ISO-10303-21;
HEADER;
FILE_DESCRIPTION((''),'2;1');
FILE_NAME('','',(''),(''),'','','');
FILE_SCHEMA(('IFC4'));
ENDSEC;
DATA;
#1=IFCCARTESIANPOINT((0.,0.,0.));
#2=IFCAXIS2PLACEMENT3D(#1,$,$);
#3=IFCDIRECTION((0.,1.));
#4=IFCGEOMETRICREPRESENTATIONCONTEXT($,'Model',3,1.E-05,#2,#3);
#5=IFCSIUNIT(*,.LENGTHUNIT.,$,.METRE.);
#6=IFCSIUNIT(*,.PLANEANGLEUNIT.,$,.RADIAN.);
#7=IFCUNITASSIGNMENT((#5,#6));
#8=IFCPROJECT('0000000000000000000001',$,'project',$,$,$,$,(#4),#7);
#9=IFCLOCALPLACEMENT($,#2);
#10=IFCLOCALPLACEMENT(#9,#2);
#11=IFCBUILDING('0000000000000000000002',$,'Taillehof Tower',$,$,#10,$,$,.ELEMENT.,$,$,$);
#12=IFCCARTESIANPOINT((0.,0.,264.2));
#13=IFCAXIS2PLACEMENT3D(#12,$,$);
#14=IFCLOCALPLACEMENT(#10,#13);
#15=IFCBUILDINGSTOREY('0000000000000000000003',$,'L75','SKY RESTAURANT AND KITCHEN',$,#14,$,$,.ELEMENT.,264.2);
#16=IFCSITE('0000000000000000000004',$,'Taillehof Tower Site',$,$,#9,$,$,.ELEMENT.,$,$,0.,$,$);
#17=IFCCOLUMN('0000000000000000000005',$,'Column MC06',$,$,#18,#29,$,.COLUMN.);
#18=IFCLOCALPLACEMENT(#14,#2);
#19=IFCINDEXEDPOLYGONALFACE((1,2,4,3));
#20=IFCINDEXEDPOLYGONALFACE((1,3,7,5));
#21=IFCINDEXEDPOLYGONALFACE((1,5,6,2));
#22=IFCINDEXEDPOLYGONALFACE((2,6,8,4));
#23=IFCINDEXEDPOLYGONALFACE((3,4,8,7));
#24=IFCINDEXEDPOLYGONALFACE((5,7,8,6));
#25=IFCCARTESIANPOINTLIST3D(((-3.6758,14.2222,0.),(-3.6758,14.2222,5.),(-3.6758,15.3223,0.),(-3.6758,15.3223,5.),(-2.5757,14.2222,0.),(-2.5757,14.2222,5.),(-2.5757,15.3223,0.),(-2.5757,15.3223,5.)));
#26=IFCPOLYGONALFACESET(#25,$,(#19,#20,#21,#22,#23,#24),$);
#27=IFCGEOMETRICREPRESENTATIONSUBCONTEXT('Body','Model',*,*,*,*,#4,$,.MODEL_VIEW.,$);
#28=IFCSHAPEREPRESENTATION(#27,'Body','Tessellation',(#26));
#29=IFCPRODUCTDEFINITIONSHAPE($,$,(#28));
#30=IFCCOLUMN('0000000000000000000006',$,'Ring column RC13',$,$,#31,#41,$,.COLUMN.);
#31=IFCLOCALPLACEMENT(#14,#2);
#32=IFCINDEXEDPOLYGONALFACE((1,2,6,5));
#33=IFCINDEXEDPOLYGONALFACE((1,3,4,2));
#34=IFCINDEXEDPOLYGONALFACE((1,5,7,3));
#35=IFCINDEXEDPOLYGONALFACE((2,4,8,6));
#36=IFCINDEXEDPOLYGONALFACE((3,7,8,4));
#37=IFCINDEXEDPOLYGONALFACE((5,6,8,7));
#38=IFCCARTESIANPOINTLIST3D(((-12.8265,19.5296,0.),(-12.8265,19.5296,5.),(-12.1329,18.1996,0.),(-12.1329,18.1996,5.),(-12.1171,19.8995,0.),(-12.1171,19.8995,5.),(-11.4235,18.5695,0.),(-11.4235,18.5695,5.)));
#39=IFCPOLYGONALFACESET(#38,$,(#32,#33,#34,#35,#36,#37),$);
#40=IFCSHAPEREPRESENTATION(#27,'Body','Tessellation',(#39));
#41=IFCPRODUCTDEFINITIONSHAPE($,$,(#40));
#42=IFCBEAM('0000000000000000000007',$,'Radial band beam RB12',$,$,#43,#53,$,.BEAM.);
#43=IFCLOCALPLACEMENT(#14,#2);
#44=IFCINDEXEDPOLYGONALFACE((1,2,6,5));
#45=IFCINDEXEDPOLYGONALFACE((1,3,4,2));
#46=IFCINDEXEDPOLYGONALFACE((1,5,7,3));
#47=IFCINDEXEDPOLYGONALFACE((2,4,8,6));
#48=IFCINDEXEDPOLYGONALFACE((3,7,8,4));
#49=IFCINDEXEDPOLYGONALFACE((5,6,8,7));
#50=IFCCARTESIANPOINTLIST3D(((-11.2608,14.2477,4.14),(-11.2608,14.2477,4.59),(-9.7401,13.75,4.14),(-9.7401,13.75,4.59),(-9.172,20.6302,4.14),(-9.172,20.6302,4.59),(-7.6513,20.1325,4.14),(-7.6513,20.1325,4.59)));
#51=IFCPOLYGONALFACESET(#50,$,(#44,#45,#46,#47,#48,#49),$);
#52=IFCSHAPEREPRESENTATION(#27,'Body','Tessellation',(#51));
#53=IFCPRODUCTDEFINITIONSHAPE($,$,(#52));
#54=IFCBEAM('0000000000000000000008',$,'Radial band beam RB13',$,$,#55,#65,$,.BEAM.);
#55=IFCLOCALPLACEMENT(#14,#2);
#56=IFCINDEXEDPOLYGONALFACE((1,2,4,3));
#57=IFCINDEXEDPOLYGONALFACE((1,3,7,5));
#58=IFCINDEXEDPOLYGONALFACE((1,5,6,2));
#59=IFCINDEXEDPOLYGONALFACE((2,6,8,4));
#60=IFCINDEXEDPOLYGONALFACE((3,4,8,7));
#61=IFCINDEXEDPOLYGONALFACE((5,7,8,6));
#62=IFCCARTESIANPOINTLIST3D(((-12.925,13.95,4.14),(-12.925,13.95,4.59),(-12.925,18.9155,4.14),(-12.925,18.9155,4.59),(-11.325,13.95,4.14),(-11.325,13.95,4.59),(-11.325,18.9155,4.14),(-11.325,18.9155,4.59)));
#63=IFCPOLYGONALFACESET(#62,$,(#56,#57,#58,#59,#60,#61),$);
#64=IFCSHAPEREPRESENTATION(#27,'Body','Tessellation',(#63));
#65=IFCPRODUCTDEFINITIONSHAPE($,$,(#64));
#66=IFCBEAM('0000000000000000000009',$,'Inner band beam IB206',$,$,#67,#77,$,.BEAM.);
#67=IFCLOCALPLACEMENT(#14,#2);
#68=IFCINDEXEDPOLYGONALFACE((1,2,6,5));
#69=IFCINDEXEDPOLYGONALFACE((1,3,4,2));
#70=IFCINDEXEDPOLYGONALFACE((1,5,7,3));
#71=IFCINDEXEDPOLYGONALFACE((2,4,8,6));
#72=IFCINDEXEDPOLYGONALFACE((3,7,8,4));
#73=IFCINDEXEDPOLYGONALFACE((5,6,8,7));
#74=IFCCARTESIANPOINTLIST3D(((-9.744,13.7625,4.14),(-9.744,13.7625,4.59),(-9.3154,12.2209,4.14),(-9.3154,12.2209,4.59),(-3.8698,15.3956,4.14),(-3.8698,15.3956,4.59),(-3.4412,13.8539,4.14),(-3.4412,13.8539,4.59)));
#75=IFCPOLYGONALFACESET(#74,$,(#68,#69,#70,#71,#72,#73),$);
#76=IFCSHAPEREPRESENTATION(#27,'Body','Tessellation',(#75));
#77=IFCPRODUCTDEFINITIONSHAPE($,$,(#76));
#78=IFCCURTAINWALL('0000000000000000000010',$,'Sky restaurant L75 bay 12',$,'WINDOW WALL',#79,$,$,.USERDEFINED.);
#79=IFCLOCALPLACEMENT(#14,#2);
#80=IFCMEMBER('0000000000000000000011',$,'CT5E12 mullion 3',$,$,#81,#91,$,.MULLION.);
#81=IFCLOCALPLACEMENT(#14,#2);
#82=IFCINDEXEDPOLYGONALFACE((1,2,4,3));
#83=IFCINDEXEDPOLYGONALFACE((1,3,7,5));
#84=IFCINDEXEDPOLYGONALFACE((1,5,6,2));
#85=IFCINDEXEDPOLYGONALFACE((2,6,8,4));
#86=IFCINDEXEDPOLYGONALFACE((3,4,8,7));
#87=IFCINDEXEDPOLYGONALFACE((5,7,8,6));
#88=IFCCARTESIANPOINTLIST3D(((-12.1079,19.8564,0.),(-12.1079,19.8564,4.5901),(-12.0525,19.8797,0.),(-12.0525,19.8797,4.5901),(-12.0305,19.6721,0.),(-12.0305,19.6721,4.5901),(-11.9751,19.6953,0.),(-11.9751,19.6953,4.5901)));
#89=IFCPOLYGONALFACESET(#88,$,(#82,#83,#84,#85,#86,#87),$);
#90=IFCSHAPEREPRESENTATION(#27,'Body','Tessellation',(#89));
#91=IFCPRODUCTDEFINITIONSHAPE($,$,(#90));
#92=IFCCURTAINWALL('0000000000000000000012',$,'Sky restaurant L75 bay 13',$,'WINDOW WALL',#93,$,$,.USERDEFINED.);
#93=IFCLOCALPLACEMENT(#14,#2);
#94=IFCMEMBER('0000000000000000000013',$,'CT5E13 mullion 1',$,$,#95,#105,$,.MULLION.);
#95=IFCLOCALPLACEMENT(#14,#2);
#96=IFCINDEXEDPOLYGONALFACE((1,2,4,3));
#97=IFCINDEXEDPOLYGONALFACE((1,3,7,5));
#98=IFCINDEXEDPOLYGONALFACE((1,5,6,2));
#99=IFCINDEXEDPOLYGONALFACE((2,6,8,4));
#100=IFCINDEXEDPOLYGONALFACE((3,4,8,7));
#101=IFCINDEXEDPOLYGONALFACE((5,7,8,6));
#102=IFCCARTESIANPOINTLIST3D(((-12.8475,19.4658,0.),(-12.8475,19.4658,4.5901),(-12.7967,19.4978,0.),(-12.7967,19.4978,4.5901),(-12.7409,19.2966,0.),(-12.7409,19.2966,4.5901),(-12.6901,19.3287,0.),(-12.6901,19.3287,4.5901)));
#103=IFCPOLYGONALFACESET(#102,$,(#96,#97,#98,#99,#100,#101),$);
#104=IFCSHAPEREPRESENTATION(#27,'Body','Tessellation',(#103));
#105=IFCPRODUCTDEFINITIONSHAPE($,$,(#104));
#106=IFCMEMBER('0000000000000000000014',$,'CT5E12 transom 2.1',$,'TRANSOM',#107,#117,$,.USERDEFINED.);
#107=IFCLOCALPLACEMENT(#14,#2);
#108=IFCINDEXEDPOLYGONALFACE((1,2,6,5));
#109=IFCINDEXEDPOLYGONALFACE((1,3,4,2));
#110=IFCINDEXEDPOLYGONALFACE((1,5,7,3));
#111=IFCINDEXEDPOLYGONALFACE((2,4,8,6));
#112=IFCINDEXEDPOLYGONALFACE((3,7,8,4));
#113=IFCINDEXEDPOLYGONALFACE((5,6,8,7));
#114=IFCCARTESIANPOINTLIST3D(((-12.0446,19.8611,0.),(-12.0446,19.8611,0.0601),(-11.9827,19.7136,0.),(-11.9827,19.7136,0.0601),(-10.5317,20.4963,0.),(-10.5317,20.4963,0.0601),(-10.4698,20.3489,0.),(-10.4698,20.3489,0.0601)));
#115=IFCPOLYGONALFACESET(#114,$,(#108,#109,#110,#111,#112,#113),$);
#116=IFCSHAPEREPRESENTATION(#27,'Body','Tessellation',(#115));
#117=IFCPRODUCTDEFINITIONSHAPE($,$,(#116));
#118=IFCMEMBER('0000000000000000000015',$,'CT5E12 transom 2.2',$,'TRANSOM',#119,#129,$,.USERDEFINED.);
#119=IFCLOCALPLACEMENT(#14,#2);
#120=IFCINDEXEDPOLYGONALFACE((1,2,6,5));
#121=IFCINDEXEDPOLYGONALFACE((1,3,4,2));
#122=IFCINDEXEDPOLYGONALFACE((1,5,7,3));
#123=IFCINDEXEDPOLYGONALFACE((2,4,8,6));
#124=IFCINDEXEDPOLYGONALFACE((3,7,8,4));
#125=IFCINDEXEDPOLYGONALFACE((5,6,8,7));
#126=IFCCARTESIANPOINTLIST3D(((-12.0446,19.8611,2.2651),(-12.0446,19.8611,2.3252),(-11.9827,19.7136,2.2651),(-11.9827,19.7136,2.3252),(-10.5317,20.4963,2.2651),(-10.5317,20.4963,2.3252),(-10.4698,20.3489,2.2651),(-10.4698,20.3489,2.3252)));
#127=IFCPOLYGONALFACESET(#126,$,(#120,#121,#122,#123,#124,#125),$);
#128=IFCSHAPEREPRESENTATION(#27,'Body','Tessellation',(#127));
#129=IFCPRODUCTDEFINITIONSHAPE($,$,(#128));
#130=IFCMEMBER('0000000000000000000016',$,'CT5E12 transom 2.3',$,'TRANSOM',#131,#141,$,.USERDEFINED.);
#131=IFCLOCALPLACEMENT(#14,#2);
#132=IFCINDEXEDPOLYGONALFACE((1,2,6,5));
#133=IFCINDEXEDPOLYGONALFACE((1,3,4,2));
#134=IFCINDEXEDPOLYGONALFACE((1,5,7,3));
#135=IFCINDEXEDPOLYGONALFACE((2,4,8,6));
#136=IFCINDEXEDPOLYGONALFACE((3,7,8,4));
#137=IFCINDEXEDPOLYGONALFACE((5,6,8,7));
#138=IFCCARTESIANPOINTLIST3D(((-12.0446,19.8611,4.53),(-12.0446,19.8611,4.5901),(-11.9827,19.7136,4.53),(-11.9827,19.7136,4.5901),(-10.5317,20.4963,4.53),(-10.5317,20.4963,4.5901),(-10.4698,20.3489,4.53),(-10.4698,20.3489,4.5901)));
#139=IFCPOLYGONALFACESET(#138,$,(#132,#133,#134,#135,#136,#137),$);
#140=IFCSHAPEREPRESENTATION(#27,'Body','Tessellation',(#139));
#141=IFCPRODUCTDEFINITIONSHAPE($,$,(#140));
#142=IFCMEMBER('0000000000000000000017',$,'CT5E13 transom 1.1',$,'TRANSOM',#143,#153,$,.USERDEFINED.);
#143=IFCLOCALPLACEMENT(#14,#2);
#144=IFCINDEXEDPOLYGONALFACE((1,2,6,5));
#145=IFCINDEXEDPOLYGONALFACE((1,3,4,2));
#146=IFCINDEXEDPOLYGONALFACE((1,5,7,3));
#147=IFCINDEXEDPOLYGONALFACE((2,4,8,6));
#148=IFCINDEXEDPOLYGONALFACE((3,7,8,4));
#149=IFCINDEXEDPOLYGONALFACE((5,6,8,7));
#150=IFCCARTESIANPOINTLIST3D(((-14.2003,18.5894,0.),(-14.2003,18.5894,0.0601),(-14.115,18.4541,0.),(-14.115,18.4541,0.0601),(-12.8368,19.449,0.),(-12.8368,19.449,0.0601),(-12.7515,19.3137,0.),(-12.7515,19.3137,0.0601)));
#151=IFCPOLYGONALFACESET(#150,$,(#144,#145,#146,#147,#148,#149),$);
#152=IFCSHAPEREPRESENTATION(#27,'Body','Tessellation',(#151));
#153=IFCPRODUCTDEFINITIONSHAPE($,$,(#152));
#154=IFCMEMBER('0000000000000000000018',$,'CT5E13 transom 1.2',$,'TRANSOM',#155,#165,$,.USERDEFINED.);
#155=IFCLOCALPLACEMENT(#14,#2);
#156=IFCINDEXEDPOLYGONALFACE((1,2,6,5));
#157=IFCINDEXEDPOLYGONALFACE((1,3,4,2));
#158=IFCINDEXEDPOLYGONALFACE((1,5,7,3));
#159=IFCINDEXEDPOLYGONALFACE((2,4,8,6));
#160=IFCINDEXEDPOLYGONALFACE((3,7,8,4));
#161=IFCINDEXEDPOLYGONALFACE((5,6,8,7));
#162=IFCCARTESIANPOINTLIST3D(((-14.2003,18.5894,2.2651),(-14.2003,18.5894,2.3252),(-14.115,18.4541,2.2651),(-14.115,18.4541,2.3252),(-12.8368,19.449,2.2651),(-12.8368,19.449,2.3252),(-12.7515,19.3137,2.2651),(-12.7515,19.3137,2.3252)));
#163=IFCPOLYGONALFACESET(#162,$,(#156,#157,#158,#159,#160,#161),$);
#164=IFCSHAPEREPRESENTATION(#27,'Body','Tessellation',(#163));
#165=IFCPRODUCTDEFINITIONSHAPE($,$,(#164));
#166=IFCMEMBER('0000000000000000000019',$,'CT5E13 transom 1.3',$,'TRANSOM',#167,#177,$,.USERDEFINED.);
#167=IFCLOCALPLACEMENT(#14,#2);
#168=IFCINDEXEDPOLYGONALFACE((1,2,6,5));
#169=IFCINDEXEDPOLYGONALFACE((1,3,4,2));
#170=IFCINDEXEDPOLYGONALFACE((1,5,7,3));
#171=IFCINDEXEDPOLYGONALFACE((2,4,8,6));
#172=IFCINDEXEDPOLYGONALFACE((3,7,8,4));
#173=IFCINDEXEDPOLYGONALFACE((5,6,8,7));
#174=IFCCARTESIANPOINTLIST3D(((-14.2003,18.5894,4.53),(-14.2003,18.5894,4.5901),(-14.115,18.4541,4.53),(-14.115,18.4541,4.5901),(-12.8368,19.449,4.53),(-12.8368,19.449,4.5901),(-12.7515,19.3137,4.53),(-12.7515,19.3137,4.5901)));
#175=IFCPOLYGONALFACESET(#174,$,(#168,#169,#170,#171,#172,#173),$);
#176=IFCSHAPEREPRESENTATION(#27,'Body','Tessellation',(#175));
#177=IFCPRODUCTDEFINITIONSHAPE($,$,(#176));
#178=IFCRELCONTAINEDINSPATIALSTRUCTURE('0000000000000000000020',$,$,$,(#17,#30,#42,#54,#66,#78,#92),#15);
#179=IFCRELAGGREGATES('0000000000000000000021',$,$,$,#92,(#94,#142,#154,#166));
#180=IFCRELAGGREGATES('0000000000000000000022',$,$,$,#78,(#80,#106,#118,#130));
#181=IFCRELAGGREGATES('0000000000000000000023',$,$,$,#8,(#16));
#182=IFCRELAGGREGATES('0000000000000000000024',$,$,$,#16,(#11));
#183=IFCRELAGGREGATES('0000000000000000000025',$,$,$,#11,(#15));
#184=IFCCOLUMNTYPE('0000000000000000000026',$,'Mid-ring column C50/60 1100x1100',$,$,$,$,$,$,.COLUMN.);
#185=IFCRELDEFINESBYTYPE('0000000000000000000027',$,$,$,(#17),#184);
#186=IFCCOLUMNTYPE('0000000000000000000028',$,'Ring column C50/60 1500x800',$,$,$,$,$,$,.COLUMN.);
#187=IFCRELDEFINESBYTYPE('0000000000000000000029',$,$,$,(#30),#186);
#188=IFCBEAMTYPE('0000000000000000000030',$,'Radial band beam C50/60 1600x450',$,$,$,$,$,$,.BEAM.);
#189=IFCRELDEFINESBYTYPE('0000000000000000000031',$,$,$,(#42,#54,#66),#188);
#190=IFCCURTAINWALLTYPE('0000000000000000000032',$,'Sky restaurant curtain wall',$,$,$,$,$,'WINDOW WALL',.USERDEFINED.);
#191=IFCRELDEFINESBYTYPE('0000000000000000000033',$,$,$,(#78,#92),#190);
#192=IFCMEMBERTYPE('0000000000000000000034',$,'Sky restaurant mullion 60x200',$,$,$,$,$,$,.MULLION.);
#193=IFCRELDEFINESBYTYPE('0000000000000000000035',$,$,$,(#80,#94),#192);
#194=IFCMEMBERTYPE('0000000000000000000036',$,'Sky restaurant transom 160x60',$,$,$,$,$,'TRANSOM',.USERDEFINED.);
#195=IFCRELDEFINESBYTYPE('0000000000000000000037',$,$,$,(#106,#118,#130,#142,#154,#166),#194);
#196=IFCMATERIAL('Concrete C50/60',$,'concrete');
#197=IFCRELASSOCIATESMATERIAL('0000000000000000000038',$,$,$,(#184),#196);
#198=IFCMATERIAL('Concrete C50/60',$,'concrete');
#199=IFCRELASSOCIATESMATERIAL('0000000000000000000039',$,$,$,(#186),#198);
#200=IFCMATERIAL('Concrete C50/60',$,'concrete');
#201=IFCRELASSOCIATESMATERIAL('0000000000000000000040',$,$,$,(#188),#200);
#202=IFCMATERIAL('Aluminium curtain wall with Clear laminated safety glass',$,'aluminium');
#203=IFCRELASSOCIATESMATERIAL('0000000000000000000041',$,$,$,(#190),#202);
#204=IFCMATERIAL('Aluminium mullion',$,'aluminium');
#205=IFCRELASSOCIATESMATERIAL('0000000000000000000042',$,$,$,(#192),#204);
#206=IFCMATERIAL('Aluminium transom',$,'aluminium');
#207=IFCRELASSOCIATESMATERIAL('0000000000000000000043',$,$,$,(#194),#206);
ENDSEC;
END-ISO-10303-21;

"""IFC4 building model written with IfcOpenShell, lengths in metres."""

from ifc_helpers import new_model, si_unit, direction, frame, origin, origin_2d, place, context, subcontext, project, spatial, rectangle, extrude, material, material_profile, profile_set, type_object, element, aggregate, save


model = new_model("IFC4")

# Units and contexts
model_context = context("Model", 3, precision=1e-05, world=origin(), true_north=direction((0.0, 1.0)))
body_context = subcontext(model_context, "Body", "Model", "MODEL_VIEW")
ifc_project = project(units=[si_unit("LENGTHUNIT", "METRE"), si_unit("PLANEANGLEUNIT", "RADIAN")], contexts=[model_context])

# Site, building, storey
site_placement = place(None, origin())
site = spatial("IfcSite", under=ifc_project, at=site_placement, Name="Taillehof Tower Site", CompositionType="ELEMENT", RefElevation=0.0)
building_placement = place(site_placement, origin())
building = spatial("IfcBuilding", under=site, at=building_placement, Name="Taillehof Tower", CompositionType="ELEMENT")
storey_placement = place(building_placement, frame((0.0, 0.0, 264.2)))
storey = spatial("IfcBuildingStorey", under=building, at=storey_placement, Name="L75", Description="SKY RESTAURANT AND KITCHEN", CompositionType="ELEMENT", Elevation=264.2)

# Columns
ifc_material_1 = material(Name="Concrete C50/60", Category="concrete")
ifc_material_profile_1 = material_profile(ifc_material_1, rectangle(XDim=1.1001, YDim=1.1001, at=origin_2d()), Name="RC 1100x1100")
ifc_profile_set_1 = profile_set([ifc_material_profile_1], Name="Concrete C50/60")
column_type_1 = type_object("IfcColumnType", Name="Mid-ring column C50/60 1100x1100", PredefinedType="COLUMN", material=ifc_profile_set_1)
column_1_placement = place(storey_placement, frame((-3.1257, 14.7722, 0.0), z_axis=(0.0, 0.0, 1.0), x_axis=(1.0, 0.0, 0.0)))
element("IfcColumn", 1, at=column_1_placement, inside=storey, type_object=column_type_1, Name="Column MC06", PredefinedType="COLUMN", context=body_context, shape_type="SweptSolid", body=[
    extrude(rectangle(XDim=1.1001, YDim=1.1001, at=origin_2d()), origin(), (0.0, 0.0, 1.0), 5.0),
])
ifc_material_2 = material(Name="Concrete C50/60", Category="concrete")
ifc_material_profile_2 = material_profile(ifc_material_2, rectangle(XDim=1.5, YDim=0.8, at=origin_2d()), Name="RC 1500x800")
ifc_profile_set_2 = profile_set([ifc_material_profile_2], Name="Concrete C50/60")
column_type_2 = type_object("IfcColumnType", Name="Ring column C50/60 1500x800", PredefinedType="COLUMN", material=ifc_profile_set_2)
column_2_placement = place(storey_placement, frame((-12.125, 19.0496, 0.0), z_axis=(0.0, 0.0, 1.0), x_axis=(-0.462384, 0.88668, 0.0)))
element("IfcColumn", 2, at=column_2_placement, inside=storey, type_object=column_type_2, Name="Ring column RC13", PredefinedType="COLUMN", context=body_context, shape_type="SweptSolid", body=[
    extrude(rectangle(XDim=1.5, YDim=0.8, at=origin_2d()), origin(), (0.0, 0.0, 1.0), 5.0),
])

# Beams
ifc_material_3 = material(Name="Concrete C50/60", Category="concrete")
ifc_material_profile_3 = material_profile(ifc_material_3, rectangle(XDim=1.6001, YDim=0.45, at=origin_2d()), Name="RC 1600x450")
ifc_profile_set_3 = profile_set([ifc_material_profile_3], Name="Concrete C50/60")
beam_type_1 = type_object("IfcBeamType", Name="Radial band beam C50/60 1600x450", PredefinedType="BEAM", material=ifc_profile_set_3)
beam_1_placement = place(storey_placement, frame((-8.4116, 20.3813, 4.365), z_axis=(-0.311043, -0.950396, 0.0), x_axis=(0.950396, -0.311043, 0.0)))
element("IfcBeam", 3, at=beam_1_placement, inside=storey, type_object=beam_type_1, Name="Radial band beam RB12", PredefinedType="BEAM", context=body_context, shape_type="SweptSolid", body=[
    extrude(rectangle(XDim=1.6001, YDim=0.45, at=origin_2d()), origin(), (0.0, 0.0, 1.0), 6.7156),
])
beam_2_placement = place(storey_placement, frame((-12.125, 18.9155, 4.365), z_axis=(0.0, -1.0, 0.0), x_axis=(1.0, 0.0, 0.0)))
element("IfcBeam", 4, at=beam_2_placement, inside=storey, type_object=beam_type_1, Name="Radial band beam RB13", PredefinedType="BEAM", context=body_context, shape_type="SweptSolid", body=[
    extrude(rectangle(XDim=1.6001, YDim=0.45, at=origin_2d()), origin(), (0.0, 0.0, 1.0), 4.9656),
])
beam_3_placement = place(storey_placement, frame((-3.6555, 14.6248, 4.365), z_axis=(-0.963459, -0.267855, 0.0), x_axis=(0.267855, -0.963459, 0.0)))
element("IfcBeam", 5, at=beam_3_placement, inside=storey, type_object=beam_type_1, Name="Inner band beam IB206", PredefinedType="BEAM", context=body_context, shape_type="SweptSolid", body=[
    extrude(rectangle(XDim=1.6001, YDim=0.45, at=origin_2d()), origin(), (0.0, 0.0, 1.0), 6.0969),
])

# Curtain walls, members
ifc_material_4 = material(Name="Aluminium curtain wall with Clear laminated safety glass", Category="aluminium")
curtain_wall_type = type_object("IfcCurtainWallType", Name="Sky restaurant curtain wall", ElementType="WINDOW WALL", PredefinedType="USERDEFINED", material=ifc_material_4)
curtain_wall_1_placement = place(storey_placement, origin())
curtain_wall_1 = element("IfcCurtainWall", 6, at=curtain_wall_1_placement, inside=storey, type_object=curtain_wall_type, Name="Sky restaurant L75 bay 12", ObjectType="WINDOW WALL", PredefinedType="USERDEFINED")
ifc_material_5 = material(Name="Aluminium mullion", Category="aluminium")
ifc_material_profile_4 = material_profile(ifc_material_5, rectangle(XDim=0.2, YDim=0.0601, at=origin_2d()), Name="AL 60x200")
ifc_profile_set_4 = profile_set([ifc_material_profile_4], Name="Aluminium mullion")
member_type_1 = type_object("IfcMemberType", Name="Sky restaurant mullion 60x200", PredefinedType="MULLION", material=ifc_profile_set_4)
member_1_placement = place(storey_placement, frame((-12.0415, 19.7759, 0.0), z_axis=(0.0, 0.0, 1.0), x_axis=(0.387101, -0.922037, 0.0)))
member_1 = element("IfcMember", 7, at=member_1_placement, type_object=member_type_1, Name="CT5E12 mullion 3", PredefinedType="MULLION", context=body_context, shape_type="SweptSolid", body=[
    extrude(rectangle(XDim=0.2, YDim=0.0601, at=origin_2d()), origin(), (0.0, 0.0, 1.0), 4.5901),
])
curtain_wall_2_placement = place(storey_placement, origin())
curtain_wall_2 = element("IfcCurtainWall", 8, at=curtain_wall_2_placement, inside=storey, type_object=curtain_wall_type, Name="Sky restaurant L75 bay 13", ObjectType="WINDOW WALL", PredefinedType="USERDEFINED")
member_2_placement = place(storey_placement, frame((-12.7688, 19.3972, 0.0), z_axis=(0.0, 0.0, 1.0), x_axis=(0.533294, -0.84593, 0.0)))
member_2 = element("IfcMember", 9, at=member_2_placement, type_object=member_type_1, Name="CT5E13 mullion 1", PredefinedType="MULLION", context=body_context, shape_type="SweptSolid", body=[
    extrude(rectangle(XDim=0.2, YDim=0.0601, at=origin_2d()), origin(), (0.0, 0.0, 1.0), 4.5901),
])

# Members
ifc_material_6 = material(Name="Aluminium transom", Category="aluminium")
ifc_material_profile_5 = material_profile(ifc_material_6, rectangle(XDim=0.1599, YDim=0.0601, at=origin_2d()), Name="AL 160x60")
ifc_profile_set_5 = profile_set([ifc_material_profile_5], Name="Aluminium transom")
member_type_2 = type_object("IfcMemberType", Name="Sky restaurant transom 160x60", ElementType="TRANSOM", PredefinedType="USERDEFINED", material=ifc_profile_set_5)
member_3_placement = place(storey_placement, frame((-10.5007, 20.4226, 0.03), z_axis=(-0.922021, -0.387139, 0.0), x_axis=(0.387139, -0.922021, 0.0)))
member_3 = element("IfcMember", 10, at=member_3_placement, type_object=member_type_2, Name="CT5E12 transom 2.1", ObjectType="TRANSOM", PredefinedType="USERDEFINED", context=body_context, shape_type="SweptSolid", body=[
    extrude(rectangle(XDim=0.1599, YDim=0.0601, at=origin_2d()), origin(), (0.0, 0.0, 1.0), 1.6409),
])
member_4_placement = place(storey_placement, frame((-10.5007, 20.4226, 2.2952), z_axis=(-0.922021, -0.387139, 0.0), x_axis=(0.387139, -0.922021, 0.0)))
member_4 = element("IfcMember", 11, at=member_4_placement, type_object=member_type_2, Name="CT5E12 transom 2.2", ObjectType="TRANSOM", PredefinedType="USERDEFINED", context=body_context, shape_type="SweptSolid", body=[
    extrude(rectangle(XDim=0.1599, YDim=0.0601, at=origin_2d()), origin(), (0.0, 0.0, 1.0), 1.6409),
])
member_5_placement = place(storey_placement, frame((-10.5007, 20.4226, 4.5601), z_axis=(-0.922021, -0.387139, 0.0), x_axis=(0.387139, -0.922021, 0.0)))
member_5 = element("IfcMember", 12, at=member_5_placement, type_object=member_type_2, Name="CT5E12 transom 2.3", ObjectType="TRANSOM", PredefinedType="USERDEFINED", context=body_context, shape_type="SweptSolid", body=[
    extrude(rectangle(XDim=0.1599, YDim=0.0601, at=origin_2d()), origin(), (0.0, 0.0, 1.0), 1.6409),
])
member_6_placement = place(storey_placement, frame((-12.7942, 19.3813, 0.03), z_axis=(-0.845924, -0.533303, 0.0), x_axis=(0.533303, -0.845924, 0.0)))
member_6 = element("IfcMember", 13, at=member_6_placement, type_object=member_type_2, Name="CT5E13 transom 1.1", ObjectType="TRANSOM", PredefinedType="USERDEFINED", context=body_context, shape_type="SweptSolid", body=[
    extrude(rectangle(XDim=0.1599, YDim=0.0601, at=origin_2d()), origin(), (0.0, 0.0, 1.0), 1.6118),
])
member_7_placement = place(storey_placement, frame((-12.7942, 19.3813, 2.2952), z_axis=(-0.845924, -0.533303, 0.0), x_axis=(0.533303, -0.845924, 0.0)))
member_7 = element("IfcMember", 14, at=member_7_placement, type_object=member_type_2, Name="CT5E13 transom 1.2", ObjectType="TRANSOM", PredefinedType="USERDEFINED", context=body_context, shape_type="SweptSolid", body=[
    extrude(rectangle(XDim=0.1599, YDim=0.0601, at=origin_2d()), origin(), (0.0, 0.0, 1.0), 1.6118),
])
member_8_placement = place(storey_placement, frame((-12.7942, 19.3813, 4.5601), z_axis=(-0.845924, -0.533303, 0.0), x_axis=(0.533303, -0.845924, 0.0)))
member_8 = element("IfcMember", 15, at=member_8_placement, type_object=member_type_2, Name="CT5E13 transom 1.3", ObjectType="TRANSOM", PredefinedType="USERDEFINED", context=body_context, shape_type="SweptSolid", body=[
    extrude(rectangle(XDim=0.1599, YDim=0.0601, at=origin_2d()), origin(), (0.0, 0.0, 1.0), 1.6118),
])
aggregate(curtain_wall_2, [member_2, member_6, member_7, member_8])

aggregate(curtain_wall_1, [member_1, member_3, member_4, member_5])

save(model, "model.ifc")
